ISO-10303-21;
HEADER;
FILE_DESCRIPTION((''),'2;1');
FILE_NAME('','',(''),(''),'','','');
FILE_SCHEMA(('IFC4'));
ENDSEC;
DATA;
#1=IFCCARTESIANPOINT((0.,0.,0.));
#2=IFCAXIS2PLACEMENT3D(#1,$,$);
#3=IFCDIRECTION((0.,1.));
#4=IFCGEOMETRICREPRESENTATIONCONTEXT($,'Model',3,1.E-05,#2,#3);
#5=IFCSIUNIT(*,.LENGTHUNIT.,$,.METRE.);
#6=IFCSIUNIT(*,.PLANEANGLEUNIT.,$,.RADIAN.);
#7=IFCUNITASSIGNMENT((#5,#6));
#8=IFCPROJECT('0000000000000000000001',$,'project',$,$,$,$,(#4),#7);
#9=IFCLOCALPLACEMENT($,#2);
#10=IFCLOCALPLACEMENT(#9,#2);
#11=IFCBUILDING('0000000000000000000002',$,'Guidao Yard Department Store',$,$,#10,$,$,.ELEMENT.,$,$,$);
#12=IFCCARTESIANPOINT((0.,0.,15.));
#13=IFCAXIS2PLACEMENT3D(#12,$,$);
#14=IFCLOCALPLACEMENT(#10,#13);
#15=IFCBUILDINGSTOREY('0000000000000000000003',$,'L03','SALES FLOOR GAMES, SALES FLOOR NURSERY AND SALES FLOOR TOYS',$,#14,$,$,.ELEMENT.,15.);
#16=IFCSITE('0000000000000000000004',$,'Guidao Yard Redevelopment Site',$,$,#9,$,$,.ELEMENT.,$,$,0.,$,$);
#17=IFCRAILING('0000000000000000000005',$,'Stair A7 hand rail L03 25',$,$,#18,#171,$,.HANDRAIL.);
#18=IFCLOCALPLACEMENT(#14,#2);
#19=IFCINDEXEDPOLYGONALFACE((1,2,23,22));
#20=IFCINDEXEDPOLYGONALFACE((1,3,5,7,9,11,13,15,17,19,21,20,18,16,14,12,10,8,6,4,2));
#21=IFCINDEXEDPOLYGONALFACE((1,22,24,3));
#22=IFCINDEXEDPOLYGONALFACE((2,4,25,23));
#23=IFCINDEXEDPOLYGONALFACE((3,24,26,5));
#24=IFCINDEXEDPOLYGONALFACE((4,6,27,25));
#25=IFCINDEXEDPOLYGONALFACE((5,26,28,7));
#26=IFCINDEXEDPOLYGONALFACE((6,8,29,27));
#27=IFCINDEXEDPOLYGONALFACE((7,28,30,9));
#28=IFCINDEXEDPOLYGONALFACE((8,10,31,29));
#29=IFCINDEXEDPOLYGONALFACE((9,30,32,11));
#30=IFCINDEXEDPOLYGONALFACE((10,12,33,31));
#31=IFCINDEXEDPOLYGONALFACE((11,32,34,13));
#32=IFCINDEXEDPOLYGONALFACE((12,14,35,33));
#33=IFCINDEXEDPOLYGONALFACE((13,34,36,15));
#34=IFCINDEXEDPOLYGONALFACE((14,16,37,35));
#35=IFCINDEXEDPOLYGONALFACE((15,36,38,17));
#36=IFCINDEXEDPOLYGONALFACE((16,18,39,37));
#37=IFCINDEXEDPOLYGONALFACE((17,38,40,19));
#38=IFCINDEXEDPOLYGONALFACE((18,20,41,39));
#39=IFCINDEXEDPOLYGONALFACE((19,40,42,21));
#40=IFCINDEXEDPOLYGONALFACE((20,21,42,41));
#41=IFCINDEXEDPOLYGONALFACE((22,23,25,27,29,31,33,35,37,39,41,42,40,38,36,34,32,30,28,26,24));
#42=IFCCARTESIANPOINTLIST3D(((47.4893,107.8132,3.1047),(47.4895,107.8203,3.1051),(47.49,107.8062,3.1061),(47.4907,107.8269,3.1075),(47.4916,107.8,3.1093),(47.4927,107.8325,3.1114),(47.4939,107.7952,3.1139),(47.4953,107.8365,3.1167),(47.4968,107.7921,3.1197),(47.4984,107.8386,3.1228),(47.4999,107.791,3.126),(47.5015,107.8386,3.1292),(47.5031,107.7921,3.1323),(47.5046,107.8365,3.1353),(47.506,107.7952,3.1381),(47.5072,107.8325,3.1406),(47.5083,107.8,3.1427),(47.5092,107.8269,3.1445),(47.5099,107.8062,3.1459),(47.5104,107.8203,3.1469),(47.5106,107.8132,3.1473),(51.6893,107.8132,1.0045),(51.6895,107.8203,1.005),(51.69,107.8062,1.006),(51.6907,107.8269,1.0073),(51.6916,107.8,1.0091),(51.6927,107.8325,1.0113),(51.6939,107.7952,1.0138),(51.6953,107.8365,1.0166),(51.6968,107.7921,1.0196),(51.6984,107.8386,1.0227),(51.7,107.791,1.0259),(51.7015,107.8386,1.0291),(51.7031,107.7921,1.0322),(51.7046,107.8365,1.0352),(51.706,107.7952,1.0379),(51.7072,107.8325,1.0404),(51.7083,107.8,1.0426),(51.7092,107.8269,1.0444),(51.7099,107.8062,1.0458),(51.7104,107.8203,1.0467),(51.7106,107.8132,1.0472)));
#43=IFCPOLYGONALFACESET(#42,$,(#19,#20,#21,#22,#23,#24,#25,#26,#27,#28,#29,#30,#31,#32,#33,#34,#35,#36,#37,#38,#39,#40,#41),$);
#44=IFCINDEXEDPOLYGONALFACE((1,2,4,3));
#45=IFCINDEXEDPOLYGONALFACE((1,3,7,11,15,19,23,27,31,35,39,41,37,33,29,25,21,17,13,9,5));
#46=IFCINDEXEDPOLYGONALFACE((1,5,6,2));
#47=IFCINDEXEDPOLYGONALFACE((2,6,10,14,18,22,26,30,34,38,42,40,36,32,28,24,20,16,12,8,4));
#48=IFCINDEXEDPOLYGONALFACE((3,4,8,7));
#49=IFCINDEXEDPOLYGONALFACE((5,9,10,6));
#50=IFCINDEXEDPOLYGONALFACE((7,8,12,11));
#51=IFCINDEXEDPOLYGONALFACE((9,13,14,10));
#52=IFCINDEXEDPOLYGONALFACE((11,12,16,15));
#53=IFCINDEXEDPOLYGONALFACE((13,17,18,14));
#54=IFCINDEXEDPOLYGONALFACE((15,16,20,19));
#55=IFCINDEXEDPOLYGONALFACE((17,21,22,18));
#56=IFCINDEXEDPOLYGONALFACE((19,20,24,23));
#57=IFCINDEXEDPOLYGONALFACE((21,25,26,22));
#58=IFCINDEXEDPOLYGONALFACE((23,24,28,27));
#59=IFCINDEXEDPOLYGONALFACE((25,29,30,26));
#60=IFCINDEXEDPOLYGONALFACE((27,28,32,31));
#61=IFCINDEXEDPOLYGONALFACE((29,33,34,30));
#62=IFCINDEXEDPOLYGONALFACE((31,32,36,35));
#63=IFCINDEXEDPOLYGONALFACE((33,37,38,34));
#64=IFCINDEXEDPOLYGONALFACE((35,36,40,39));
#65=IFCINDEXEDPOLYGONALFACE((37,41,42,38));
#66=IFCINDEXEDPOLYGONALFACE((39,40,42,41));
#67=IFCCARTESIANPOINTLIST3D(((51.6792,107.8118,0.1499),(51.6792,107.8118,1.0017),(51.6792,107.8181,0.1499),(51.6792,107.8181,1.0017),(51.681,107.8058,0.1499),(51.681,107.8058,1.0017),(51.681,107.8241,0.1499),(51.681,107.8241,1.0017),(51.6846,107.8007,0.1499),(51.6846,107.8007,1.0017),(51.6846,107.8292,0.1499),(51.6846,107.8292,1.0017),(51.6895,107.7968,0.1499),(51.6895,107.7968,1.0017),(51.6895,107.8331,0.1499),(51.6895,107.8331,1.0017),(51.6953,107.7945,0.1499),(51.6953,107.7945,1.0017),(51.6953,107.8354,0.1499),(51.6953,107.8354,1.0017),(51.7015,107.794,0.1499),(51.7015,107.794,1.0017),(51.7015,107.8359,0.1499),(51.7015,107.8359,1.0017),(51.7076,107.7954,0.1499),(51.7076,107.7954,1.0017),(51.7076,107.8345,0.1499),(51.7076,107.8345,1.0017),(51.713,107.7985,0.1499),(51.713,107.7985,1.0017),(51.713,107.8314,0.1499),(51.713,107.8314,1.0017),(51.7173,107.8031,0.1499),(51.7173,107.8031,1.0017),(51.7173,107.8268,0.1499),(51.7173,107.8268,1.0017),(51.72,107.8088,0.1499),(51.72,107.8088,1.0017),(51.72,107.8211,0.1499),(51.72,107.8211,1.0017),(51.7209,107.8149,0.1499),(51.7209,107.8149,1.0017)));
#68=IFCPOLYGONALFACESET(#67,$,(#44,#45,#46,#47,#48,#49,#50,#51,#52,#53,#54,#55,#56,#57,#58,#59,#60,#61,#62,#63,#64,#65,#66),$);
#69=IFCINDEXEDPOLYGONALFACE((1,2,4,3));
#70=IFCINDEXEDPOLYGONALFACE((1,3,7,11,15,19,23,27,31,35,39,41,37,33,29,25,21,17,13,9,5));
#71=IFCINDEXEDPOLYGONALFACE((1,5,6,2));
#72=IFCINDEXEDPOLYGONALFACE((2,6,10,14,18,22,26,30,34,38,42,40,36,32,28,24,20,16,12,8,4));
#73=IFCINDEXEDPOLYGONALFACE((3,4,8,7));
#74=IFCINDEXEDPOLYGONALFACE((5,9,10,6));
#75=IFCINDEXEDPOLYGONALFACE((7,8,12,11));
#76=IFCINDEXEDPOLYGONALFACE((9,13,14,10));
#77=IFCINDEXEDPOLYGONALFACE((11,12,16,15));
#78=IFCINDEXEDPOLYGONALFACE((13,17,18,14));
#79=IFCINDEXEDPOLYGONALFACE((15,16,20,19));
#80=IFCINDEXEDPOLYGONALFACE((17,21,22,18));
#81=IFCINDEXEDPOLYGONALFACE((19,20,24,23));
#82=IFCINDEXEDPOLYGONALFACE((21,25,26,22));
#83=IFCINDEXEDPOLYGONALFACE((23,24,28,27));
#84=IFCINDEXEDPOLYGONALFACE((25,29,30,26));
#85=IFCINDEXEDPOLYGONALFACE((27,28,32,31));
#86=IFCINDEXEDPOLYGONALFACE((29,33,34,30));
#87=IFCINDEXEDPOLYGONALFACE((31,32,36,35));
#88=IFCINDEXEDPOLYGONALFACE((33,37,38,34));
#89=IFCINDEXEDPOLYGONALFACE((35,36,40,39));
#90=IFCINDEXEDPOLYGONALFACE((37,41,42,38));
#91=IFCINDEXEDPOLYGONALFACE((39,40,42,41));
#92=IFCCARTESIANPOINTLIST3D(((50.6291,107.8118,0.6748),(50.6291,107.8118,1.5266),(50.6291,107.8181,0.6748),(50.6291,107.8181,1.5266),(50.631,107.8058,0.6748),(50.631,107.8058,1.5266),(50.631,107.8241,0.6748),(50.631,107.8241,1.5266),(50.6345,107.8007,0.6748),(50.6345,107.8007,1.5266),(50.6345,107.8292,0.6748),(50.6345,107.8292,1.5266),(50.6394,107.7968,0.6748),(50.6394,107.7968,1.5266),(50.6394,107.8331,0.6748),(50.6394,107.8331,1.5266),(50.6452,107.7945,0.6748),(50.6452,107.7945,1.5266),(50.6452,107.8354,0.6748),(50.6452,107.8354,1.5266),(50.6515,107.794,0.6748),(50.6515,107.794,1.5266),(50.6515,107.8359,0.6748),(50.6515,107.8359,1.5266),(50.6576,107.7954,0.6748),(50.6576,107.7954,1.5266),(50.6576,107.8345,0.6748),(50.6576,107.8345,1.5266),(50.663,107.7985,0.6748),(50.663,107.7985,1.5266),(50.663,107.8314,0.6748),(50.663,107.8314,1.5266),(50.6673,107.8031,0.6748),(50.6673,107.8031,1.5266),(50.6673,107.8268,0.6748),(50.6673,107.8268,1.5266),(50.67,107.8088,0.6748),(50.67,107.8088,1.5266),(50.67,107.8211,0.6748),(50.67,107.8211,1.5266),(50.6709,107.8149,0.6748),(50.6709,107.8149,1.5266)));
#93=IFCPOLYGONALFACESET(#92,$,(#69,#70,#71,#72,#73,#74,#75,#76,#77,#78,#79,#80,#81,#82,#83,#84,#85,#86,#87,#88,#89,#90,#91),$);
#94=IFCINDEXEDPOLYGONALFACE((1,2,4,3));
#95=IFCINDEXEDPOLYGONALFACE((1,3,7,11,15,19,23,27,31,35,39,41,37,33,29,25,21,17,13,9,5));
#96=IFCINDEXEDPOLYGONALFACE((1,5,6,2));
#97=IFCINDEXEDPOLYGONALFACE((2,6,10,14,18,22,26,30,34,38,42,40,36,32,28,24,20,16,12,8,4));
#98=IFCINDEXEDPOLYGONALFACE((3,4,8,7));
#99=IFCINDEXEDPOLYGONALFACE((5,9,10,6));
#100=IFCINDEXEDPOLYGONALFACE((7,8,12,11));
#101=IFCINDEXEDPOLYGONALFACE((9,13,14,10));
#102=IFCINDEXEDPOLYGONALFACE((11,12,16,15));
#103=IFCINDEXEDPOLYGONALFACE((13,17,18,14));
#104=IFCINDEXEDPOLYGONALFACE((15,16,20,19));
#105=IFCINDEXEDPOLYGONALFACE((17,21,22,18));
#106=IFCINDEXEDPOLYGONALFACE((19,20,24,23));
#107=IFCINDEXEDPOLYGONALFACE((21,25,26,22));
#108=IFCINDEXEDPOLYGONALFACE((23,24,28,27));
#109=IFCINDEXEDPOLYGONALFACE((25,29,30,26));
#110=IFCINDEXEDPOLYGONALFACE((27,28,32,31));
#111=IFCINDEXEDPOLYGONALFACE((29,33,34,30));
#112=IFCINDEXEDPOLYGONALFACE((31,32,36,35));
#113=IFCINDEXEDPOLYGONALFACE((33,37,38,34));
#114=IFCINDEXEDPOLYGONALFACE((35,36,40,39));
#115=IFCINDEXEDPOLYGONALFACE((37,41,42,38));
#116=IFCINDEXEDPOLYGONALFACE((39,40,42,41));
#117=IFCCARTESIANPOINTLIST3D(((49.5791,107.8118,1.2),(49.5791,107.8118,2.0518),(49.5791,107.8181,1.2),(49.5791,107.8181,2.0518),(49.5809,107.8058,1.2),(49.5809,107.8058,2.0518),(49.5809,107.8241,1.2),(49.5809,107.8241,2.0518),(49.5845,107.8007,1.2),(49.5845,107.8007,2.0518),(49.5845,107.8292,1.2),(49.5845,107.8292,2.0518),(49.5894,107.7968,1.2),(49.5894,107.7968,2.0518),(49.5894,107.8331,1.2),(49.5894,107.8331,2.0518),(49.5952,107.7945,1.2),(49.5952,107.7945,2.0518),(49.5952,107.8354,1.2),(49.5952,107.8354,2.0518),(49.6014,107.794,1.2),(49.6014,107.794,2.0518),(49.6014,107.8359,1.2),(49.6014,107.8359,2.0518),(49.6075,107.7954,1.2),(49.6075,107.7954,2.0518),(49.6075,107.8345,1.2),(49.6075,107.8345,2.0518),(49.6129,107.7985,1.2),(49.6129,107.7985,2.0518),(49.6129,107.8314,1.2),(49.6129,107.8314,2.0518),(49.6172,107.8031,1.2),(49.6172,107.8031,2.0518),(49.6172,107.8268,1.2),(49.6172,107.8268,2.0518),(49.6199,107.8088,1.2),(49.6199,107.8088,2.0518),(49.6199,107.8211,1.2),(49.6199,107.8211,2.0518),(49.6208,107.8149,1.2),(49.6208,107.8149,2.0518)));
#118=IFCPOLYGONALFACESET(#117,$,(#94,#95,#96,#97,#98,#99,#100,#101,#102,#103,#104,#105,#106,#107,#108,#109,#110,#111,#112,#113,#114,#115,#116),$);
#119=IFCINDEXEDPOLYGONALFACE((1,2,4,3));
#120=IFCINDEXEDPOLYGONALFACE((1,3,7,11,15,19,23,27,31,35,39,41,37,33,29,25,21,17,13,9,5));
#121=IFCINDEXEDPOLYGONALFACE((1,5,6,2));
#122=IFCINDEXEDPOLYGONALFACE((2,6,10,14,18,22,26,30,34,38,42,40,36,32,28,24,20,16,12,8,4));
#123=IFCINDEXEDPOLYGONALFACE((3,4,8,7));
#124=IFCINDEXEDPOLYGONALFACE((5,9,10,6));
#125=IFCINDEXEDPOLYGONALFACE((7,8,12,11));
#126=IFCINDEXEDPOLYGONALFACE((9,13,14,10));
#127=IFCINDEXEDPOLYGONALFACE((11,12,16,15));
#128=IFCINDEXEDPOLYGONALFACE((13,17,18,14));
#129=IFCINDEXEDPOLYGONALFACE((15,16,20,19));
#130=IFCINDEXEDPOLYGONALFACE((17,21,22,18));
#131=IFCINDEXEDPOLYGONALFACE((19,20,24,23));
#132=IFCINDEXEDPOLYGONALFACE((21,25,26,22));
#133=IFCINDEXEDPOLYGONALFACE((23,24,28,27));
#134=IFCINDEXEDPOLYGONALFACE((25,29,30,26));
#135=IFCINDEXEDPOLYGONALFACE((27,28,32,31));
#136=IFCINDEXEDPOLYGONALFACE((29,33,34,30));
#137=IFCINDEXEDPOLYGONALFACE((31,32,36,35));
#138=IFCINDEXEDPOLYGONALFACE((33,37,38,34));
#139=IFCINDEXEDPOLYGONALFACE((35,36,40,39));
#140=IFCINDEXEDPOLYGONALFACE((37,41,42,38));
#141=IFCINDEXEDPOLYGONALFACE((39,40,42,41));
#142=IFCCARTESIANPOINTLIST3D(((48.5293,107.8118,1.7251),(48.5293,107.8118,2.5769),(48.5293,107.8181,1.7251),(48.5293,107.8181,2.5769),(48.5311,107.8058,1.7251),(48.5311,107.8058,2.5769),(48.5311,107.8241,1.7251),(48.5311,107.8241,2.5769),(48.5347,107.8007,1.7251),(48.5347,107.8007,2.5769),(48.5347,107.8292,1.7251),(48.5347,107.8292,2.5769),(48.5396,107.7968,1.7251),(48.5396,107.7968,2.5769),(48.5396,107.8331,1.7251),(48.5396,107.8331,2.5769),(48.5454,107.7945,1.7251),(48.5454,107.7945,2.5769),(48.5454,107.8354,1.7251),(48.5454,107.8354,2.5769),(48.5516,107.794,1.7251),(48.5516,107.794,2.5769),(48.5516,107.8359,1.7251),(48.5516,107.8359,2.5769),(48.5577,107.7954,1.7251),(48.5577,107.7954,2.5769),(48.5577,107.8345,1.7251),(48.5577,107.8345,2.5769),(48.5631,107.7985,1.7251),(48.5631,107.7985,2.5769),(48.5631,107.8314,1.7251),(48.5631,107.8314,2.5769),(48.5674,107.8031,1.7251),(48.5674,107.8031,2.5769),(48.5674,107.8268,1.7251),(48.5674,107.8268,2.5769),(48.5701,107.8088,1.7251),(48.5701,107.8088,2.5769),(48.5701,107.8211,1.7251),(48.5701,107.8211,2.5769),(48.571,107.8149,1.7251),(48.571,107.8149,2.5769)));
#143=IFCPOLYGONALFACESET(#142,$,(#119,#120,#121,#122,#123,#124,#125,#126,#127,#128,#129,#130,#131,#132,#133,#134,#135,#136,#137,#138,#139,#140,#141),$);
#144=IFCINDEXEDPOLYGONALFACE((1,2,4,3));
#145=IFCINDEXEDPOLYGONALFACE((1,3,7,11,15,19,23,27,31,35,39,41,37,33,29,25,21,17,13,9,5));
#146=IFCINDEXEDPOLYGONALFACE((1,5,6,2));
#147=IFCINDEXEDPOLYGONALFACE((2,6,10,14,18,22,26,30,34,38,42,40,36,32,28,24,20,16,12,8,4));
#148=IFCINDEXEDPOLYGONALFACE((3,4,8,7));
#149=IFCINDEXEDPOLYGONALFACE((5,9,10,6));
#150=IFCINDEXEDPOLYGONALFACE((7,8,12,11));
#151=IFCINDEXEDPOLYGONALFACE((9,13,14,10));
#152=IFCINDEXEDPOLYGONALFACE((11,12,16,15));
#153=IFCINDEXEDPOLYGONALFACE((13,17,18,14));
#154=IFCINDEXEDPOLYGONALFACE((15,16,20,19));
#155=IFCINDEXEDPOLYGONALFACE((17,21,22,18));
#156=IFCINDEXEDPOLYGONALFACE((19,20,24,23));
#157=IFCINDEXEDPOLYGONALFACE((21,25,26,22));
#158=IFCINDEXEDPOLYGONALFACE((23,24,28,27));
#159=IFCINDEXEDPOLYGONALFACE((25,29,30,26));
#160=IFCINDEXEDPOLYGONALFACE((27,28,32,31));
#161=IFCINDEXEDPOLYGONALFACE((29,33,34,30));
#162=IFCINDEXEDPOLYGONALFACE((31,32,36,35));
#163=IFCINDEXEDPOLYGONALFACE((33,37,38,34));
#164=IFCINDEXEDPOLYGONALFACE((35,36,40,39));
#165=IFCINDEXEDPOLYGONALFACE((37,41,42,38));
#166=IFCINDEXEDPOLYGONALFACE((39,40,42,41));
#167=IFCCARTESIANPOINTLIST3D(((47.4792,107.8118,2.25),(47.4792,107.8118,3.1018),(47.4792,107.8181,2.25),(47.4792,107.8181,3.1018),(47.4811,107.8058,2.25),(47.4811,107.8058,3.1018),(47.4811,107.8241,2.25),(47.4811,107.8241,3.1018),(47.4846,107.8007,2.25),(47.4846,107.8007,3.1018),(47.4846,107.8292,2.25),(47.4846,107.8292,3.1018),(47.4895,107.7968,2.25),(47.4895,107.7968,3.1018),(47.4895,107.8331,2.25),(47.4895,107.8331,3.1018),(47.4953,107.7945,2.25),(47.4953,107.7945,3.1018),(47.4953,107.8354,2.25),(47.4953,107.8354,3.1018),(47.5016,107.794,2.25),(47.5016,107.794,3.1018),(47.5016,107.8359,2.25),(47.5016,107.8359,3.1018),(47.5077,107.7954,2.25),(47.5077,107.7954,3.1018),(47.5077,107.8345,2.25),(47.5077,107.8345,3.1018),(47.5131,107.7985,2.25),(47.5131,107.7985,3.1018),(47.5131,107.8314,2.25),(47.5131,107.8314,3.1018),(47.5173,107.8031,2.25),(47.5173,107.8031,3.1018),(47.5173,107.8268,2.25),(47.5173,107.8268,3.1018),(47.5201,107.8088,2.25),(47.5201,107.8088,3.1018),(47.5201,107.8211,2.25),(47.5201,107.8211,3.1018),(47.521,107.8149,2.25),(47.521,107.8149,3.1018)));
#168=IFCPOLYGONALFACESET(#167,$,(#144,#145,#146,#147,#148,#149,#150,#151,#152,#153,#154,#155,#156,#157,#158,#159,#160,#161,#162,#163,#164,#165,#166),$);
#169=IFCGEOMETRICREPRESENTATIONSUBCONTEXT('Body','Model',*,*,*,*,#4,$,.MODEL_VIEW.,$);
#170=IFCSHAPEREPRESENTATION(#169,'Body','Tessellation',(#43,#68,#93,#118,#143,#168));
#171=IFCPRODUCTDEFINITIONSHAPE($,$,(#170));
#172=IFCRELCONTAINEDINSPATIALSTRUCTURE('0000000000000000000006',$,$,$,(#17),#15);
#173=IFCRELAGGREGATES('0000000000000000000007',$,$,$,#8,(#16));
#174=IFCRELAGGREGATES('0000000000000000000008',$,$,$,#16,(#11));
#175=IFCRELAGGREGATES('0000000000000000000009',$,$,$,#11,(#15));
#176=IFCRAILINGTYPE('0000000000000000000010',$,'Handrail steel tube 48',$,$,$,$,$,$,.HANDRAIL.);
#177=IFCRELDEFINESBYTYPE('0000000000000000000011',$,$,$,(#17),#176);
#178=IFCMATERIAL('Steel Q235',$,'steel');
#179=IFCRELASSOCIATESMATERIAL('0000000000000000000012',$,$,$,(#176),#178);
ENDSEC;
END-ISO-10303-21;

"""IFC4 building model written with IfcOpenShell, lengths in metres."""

from ifc_helpers import new_model, si_unit, direction, frame, origin, origin_2d, place, context, subcontext, project, spatial, circle, extrude, material, type_object, element, save


model = new_model("IFC4")

# Units and contexts
model_context = context("Model", 3, precision=1e-05, world=origin(), true_north=direction((0.0, 1.0)))
body_context = subcontext(model_context, "Body", "Model", "MODEL_VIEW")
ifc_project = project(units=[si_unit("LENGTHUNIT", "METRE"), si_unit("PLANEANGLEUNIT", "RADIAN")], contexts=[model_context])

# Site, building, storey
site_placement = place(None, origin())
site = spatial("IfcSite", under=ifc_project, at=site_placement, Name="Guidao Yard Redevelopment Site", CompositionType="ELEMENT", RefElevation=0.0)
building_placement = place(site_placement, origin())
building = spatial("IfcBuilding", under=site, at=building_placement, Name="Guidao Yard Department Store", CompositionType="ELEMENT")
storey_placement = place(building_placement, frame((0.0, 0.0, 15.0)))
storey = spatial("IfcBuildingStorey", under=building, at=storey_placement, Name="L03", Description="SALES FLOOR GAMES, SALES FLOOR NURSERY AND SALES FLOOR TOYS", CompositionType="ELEMENT", Elevation=15.0)

# Railing
ifc_material_1 = material(Name="Steel Q235", Category="steel")
railing_type_1 = type_object("IfcRailingType", Name="Handrail steel tube 48", PredefinedType="HANDRAIL", material=ifc_material_1)
for number, where, name in (
    (1, (51.7, 107.8149, 0.1499), "Stair A7 hand rail L03 25"),
):
    element("IfcRailing", number, at=place(storey_placement, frame(where)), inside=storey, type_object=railing_type_1, Name=name, PredefinedType="HANDRAIL", context=body_context, shape_type="SweptSolid", body=[
        extrude(circle(Radius=0.0239, at=origin_2d()), frame((0.0, 0.0, 0.876), z_axis=(-0.894417, 0.0, 0.447234), x_axis=(0.0, -1.0, 0.0)), (0.0, 0.0, 1.0), 4.6958),
        extrude(circle(Radius=0.021, at=origin_2d()), origin(), (0.0, 0.0, 1.0), 0.8518),
        extrude(circle(Radius=0.021, at=origin_2d()), frame((-1.05, 0.0, 0.5249)), (0.0, 0.0, 1.0), 0.8518),
        extrude(circle(Radius=0.021, at=origin_2d()), frame((-2.1001, 0.0, 1.05)), (0.0, 0.0, 1.0), 0.8518),
        extrude(circle(Radius=0.021, at=origin_2d()), frame((-3.1499, 0.0, 1.5752)), (0.0, 0.0, 1.0), 0.8518),
        extrude(circle(Radius=0.021, at=origin_2d()), frame((-4.2, 0.0, 2.1001)), (0.0, 0.0, 1.0), 0.8518),
    ])

save(model, "model.ifc")
